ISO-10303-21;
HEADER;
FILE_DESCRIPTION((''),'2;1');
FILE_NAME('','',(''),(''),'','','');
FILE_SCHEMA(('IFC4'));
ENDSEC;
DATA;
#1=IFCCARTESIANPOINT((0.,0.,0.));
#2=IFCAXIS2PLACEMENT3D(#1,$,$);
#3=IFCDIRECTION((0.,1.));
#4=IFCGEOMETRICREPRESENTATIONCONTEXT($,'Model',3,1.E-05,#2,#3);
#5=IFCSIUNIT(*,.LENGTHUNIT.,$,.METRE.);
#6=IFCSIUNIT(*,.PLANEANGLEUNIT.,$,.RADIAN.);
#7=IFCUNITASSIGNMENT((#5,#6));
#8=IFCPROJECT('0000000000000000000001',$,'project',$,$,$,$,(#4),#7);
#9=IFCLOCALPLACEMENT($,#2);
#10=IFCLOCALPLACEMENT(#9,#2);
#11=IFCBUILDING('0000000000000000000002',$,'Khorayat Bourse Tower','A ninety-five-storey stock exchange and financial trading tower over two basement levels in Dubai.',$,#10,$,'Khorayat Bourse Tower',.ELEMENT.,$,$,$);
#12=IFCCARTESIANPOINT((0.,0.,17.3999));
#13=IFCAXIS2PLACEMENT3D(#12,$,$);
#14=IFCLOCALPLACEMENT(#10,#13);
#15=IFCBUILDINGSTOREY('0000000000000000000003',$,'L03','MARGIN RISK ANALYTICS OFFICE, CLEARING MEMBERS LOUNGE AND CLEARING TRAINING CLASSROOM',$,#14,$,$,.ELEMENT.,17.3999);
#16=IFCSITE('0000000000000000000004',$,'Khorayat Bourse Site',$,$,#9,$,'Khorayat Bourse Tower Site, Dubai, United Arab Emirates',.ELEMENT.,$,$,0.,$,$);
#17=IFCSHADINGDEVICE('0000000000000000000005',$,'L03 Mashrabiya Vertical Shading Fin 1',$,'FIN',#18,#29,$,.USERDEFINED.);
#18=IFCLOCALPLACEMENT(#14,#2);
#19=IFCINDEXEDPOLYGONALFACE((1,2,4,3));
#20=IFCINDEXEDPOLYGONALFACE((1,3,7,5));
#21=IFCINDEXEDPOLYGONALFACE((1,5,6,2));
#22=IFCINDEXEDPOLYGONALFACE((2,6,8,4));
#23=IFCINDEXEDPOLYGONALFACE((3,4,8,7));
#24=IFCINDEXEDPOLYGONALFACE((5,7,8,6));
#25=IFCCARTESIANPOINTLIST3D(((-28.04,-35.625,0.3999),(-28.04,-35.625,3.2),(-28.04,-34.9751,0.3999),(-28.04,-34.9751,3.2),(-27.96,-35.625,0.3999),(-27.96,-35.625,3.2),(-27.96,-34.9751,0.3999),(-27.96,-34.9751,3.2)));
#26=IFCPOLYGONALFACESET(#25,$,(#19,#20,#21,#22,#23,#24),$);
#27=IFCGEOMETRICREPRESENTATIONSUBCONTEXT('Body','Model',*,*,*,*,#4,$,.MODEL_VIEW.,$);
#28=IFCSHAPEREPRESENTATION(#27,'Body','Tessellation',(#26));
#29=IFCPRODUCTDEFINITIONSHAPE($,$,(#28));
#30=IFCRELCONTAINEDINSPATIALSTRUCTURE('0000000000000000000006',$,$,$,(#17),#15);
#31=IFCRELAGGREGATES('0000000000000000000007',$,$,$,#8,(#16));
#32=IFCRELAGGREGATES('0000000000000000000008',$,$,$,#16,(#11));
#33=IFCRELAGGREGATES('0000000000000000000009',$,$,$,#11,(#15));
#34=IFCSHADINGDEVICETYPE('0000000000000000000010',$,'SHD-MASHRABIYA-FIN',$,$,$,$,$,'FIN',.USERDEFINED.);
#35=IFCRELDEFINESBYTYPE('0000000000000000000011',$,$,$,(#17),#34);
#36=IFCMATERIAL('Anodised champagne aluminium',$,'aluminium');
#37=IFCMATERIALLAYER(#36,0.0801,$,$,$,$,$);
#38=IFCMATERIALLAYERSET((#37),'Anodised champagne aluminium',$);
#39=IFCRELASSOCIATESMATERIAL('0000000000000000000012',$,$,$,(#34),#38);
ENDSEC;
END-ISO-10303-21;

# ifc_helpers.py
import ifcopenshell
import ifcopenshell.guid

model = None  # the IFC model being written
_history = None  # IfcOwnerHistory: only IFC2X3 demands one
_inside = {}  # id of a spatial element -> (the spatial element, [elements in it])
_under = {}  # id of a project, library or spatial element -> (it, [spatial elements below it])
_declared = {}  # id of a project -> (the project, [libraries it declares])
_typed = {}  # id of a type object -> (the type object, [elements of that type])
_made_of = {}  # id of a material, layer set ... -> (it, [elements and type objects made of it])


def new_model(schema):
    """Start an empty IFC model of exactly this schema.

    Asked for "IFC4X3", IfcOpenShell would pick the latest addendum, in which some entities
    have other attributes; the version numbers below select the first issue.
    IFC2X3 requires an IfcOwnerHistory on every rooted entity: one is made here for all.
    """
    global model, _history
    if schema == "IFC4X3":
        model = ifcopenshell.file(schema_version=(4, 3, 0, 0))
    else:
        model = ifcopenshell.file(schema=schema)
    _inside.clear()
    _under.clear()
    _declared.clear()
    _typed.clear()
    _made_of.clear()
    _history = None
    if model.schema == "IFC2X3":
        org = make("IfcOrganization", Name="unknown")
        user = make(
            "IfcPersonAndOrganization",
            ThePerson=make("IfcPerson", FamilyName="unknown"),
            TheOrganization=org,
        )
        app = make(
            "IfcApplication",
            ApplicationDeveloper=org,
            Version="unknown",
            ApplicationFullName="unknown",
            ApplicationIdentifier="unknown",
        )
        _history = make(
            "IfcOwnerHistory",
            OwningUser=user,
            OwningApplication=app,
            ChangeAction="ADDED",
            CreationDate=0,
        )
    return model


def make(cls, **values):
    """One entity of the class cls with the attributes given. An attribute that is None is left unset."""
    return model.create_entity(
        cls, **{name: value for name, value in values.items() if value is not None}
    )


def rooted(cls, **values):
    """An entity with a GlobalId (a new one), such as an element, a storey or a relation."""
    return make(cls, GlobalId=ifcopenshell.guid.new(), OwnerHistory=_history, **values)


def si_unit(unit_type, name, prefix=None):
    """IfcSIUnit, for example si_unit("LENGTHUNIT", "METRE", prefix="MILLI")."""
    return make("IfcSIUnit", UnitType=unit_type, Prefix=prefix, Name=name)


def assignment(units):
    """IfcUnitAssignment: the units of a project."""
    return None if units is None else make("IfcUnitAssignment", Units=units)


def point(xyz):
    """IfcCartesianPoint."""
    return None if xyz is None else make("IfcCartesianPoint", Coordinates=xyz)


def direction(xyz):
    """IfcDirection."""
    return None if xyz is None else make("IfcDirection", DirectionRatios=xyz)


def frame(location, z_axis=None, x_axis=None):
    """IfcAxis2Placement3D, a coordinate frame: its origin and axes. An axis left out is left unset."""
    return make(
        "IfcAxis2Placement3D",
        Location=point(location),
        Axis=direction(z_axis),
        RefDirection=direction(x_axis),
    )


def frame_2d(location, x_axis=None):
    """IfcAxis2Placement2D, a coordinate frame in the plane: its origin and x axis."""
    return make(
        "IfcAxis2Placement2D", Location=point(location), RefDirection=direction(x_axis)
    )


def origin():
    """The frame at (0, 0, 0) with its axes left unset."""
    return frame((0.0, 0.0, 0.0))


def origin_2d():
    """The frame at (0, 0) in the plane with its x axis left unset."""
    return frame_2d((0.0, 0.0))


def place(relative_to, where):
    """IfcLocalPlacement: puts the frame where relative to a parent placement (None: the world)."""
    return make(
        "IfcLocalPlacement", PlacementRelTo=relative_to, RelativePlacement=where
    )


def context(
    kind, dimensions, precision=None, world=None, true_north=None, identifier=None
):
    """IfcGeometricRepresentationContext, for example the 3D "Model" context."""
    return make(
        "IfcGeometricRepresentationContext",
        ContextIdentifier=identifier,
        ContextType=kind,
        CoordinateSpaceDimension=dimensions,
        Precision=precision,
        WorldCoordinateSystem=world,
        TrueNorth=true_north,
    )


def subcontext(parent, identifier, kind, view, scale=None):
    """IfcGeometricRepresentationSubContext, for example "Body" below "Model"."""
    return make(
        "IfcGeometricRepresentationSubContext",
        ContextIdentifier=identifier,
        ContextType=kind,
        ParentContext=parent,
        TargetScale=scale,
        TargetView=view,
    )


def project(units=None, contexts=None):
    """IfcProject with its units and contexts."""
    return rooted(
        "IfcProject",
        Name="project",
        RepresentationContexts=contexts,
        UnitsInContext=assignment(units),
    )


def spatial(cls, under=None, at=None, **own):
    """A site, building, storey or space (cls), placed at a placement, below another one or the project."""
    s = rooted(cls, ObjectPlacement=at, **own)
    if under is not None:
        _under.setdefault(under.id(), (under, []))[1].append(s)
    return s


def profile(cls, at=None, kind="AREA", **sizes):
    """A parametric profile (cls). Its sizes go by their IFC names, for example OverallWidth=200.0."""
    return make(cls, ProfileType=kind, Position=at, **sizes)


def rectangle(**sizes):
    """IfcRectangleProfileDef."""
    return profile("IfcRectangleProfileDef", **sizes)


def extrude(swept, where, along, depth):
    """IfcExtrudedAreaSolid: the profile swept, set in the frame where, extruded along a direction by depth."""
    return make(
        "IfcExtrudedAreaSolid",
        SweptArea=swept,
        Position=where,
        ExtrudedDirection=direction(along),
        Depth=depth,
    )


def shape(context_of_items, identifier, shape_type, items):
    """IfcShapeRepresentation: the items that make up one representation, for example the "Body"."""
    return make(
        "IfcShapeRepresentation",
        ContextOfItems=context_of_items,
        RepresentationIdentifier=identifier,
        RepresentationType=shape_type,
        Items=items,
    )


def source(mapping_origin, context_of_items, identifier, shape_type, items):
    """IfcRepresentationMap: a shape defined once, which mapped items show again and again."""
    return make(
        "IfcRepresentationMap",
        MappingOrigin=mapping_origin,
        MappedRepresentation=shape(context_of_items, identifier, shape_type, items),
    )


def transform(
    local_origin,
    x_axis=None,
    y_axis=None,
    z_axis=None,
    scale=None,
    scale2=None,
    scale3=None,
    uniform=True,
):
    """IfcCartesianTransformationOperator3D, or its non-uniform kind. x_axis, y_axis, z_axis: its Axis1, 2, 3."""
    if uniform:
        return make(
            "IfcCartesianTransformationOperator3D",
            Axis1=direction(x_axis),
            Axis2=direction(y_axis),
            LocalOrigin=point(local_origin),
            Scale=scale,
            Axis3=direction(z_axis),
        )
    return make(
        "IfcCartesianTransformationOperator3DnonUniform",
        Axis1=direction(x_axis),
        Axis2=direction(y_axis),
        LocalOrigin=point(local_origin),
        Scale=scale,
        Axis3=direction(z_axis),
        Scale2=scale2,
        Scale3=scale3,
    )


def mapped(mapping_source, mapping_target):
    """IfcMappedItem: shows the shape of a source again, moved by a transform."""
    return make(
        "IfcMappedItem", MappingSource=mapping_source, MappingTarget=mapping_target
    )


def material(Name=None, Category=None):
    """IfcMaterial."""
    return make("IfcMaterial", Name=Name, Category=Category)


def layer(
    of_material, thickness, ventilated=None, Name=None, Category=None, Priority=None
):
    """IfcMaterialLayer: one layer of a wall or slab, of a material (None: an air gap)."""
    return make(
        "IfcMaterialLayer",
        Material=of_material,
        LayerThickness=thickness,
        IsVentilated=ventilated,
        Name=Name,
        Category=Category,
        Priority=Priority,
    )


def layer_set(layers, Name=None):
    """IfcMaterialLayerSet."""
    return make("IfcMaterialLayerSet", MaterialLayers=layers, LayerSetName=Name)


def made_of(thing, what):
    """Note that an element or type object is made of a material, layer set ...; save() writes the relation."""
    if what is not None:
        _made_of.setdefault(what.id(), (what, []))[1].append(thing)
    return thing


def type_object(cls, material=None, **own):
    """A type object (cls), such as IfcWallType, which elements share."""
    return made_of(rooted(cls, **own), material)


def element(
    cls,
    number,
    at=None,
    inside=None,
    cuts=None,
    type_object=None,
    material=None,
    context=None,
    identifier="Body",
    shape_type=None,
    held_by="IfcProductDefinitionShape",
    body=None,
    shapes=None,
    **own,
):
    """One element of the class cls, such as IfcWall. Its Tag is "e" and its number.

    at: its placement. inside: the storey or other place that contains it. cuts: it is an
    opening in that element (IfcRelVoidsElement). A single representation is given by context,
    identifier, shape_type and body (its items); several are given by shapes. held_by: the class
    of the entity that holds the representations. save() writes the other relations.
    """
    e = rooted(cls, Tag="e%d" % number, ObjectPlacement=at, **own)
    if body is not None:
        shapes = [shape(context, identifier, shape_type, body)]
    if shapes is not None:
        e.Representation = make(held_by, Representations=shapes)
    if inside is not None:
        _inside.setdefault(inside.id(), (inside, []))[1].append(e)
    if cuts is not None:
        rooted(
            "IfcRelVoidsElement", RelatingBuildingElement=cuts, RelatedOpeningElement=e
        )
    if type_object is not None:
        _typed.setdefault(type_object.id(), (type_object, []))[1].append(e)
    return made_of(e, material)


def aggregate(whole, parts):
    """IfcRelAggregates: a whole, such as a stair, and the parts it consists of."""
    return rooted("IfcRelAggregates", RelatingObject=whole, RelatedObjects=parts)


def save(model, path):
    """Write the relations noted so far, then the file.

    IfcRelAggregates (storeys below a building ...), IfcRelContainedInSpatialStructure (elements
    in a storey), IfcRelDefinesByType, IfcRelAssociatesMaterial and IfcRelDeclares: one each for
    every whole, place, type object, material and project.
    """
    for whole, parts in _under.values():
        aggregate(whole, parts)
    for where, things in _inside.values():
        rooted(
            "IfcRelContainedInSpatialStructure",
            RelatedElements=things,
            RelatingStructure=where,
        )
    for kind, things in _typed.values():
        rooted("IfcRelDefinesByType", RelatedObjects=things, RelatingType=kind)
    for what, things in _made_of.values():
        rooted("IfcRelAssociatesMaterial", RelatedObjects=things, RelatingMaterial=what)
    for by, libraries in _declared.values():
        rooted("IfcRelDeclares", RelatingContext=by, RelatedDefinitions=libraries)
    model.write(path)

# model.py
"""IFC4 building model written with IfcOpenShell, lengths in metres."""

from ifc_helpers import new_model, si_unit, direction, frame, origin, origin_2d, place, context, subcontext, project, spatial, rectangle, extrude, source, transform, mapped, material, layer, layer_set, type_object, element, save


model = new_model("IFC4")

# Units and contexts
model_context = context("Model", 3, precision=1e-05, world=origin(), true_north=direction((0.0, 1.0)))
body_context = subcontext(model_context, "Body", "Model", "MODEL_VIEW")
ifc_project = project(units=[si_unit("LENGTHUNIT", "METRE"), si_unit("PLANEANGLEUNIT", "RADIAN")], contexts=[model_context])

# Site, building, storey
site_placement = place(None, origin())
site = spatial("IfcSite", under=ifc_project, at=site_placement, Name="Khorayat Bourse Site", LongName="Khorayat Bourse Tower Site, Dubai, United Arab Emirates", CompositionType="ELEMENT", RefElevation=0.0)
building_placement = place(site_placement, origin())
building = spatial("IfcBuilding", under=site, at=building_placement, Name="Khorayat Bourse Tower", Description="A ninety-five-storey stock exchange and financial trading tower over two basement levels in Dubai.", LongName="Khorayat Bourse Tower", CompositionType="ELEMENT")
storey_placement = place(building_placement, frame((0.0, 0.0, 17.3999)))
storey = spatial("IfcBuildingStorey", under=building, at=storey_placement, Name="L03", Description="MARGIN RISK ANALYTICS OFFICE, CLEARING MEMBERS LOUNGE AND CLEARING TRAINING CLASSROOM", CompositionType="ELEMENT", Elevation=17.3999)

# Shading device
ifc_material_1 = material(Name="Anodised champagne aluminium", Category="aluminium")
ifc_layer_1 = layer(ifc_material_1, 0.0801)
ifc_layer_set_1 = layer_set([ifc_layer_1], Name="Anodised champagne aluminium")
shading_device_type = type_object("IfcShadingDeviceType", Name="SHD-MASHRABIYA-FIN", ElementType="FIN", PredefinedType="USERDEFINED", material=ifc_layer_set_1)
shared_shape_1 = source(origin(), body_context, "Body", "SweptSolid", [
    extrude(rectangle(XDim=0.0801, YDim=0.6499, at=origin_2d()), origin(), (0.0, 0.0, 1.0), 2.8),
])
shading_device_placement = place(storey_placement, frame((-28.0, -35.3, 0.3999), z_axis=(0.0, 0.0, 1.0), x_axis=(1.0, 0.0, 0.0)))
element("IfcShadingDevice", 1, at=shading_device_placement, inside=storey, type_object=shading_device_type, Name="L03 Mashrabiya Vertical Shading Fin 1", ObjectType="FIN", PredefinedType="USERDEFINED", context=body_context, shape_type="MappedRepresentation", body=[
    mapped(shared_shape_1, transform((0.0, 0.0, 0.0), scale=1.0)),
])

save(model, "model.ifc")
